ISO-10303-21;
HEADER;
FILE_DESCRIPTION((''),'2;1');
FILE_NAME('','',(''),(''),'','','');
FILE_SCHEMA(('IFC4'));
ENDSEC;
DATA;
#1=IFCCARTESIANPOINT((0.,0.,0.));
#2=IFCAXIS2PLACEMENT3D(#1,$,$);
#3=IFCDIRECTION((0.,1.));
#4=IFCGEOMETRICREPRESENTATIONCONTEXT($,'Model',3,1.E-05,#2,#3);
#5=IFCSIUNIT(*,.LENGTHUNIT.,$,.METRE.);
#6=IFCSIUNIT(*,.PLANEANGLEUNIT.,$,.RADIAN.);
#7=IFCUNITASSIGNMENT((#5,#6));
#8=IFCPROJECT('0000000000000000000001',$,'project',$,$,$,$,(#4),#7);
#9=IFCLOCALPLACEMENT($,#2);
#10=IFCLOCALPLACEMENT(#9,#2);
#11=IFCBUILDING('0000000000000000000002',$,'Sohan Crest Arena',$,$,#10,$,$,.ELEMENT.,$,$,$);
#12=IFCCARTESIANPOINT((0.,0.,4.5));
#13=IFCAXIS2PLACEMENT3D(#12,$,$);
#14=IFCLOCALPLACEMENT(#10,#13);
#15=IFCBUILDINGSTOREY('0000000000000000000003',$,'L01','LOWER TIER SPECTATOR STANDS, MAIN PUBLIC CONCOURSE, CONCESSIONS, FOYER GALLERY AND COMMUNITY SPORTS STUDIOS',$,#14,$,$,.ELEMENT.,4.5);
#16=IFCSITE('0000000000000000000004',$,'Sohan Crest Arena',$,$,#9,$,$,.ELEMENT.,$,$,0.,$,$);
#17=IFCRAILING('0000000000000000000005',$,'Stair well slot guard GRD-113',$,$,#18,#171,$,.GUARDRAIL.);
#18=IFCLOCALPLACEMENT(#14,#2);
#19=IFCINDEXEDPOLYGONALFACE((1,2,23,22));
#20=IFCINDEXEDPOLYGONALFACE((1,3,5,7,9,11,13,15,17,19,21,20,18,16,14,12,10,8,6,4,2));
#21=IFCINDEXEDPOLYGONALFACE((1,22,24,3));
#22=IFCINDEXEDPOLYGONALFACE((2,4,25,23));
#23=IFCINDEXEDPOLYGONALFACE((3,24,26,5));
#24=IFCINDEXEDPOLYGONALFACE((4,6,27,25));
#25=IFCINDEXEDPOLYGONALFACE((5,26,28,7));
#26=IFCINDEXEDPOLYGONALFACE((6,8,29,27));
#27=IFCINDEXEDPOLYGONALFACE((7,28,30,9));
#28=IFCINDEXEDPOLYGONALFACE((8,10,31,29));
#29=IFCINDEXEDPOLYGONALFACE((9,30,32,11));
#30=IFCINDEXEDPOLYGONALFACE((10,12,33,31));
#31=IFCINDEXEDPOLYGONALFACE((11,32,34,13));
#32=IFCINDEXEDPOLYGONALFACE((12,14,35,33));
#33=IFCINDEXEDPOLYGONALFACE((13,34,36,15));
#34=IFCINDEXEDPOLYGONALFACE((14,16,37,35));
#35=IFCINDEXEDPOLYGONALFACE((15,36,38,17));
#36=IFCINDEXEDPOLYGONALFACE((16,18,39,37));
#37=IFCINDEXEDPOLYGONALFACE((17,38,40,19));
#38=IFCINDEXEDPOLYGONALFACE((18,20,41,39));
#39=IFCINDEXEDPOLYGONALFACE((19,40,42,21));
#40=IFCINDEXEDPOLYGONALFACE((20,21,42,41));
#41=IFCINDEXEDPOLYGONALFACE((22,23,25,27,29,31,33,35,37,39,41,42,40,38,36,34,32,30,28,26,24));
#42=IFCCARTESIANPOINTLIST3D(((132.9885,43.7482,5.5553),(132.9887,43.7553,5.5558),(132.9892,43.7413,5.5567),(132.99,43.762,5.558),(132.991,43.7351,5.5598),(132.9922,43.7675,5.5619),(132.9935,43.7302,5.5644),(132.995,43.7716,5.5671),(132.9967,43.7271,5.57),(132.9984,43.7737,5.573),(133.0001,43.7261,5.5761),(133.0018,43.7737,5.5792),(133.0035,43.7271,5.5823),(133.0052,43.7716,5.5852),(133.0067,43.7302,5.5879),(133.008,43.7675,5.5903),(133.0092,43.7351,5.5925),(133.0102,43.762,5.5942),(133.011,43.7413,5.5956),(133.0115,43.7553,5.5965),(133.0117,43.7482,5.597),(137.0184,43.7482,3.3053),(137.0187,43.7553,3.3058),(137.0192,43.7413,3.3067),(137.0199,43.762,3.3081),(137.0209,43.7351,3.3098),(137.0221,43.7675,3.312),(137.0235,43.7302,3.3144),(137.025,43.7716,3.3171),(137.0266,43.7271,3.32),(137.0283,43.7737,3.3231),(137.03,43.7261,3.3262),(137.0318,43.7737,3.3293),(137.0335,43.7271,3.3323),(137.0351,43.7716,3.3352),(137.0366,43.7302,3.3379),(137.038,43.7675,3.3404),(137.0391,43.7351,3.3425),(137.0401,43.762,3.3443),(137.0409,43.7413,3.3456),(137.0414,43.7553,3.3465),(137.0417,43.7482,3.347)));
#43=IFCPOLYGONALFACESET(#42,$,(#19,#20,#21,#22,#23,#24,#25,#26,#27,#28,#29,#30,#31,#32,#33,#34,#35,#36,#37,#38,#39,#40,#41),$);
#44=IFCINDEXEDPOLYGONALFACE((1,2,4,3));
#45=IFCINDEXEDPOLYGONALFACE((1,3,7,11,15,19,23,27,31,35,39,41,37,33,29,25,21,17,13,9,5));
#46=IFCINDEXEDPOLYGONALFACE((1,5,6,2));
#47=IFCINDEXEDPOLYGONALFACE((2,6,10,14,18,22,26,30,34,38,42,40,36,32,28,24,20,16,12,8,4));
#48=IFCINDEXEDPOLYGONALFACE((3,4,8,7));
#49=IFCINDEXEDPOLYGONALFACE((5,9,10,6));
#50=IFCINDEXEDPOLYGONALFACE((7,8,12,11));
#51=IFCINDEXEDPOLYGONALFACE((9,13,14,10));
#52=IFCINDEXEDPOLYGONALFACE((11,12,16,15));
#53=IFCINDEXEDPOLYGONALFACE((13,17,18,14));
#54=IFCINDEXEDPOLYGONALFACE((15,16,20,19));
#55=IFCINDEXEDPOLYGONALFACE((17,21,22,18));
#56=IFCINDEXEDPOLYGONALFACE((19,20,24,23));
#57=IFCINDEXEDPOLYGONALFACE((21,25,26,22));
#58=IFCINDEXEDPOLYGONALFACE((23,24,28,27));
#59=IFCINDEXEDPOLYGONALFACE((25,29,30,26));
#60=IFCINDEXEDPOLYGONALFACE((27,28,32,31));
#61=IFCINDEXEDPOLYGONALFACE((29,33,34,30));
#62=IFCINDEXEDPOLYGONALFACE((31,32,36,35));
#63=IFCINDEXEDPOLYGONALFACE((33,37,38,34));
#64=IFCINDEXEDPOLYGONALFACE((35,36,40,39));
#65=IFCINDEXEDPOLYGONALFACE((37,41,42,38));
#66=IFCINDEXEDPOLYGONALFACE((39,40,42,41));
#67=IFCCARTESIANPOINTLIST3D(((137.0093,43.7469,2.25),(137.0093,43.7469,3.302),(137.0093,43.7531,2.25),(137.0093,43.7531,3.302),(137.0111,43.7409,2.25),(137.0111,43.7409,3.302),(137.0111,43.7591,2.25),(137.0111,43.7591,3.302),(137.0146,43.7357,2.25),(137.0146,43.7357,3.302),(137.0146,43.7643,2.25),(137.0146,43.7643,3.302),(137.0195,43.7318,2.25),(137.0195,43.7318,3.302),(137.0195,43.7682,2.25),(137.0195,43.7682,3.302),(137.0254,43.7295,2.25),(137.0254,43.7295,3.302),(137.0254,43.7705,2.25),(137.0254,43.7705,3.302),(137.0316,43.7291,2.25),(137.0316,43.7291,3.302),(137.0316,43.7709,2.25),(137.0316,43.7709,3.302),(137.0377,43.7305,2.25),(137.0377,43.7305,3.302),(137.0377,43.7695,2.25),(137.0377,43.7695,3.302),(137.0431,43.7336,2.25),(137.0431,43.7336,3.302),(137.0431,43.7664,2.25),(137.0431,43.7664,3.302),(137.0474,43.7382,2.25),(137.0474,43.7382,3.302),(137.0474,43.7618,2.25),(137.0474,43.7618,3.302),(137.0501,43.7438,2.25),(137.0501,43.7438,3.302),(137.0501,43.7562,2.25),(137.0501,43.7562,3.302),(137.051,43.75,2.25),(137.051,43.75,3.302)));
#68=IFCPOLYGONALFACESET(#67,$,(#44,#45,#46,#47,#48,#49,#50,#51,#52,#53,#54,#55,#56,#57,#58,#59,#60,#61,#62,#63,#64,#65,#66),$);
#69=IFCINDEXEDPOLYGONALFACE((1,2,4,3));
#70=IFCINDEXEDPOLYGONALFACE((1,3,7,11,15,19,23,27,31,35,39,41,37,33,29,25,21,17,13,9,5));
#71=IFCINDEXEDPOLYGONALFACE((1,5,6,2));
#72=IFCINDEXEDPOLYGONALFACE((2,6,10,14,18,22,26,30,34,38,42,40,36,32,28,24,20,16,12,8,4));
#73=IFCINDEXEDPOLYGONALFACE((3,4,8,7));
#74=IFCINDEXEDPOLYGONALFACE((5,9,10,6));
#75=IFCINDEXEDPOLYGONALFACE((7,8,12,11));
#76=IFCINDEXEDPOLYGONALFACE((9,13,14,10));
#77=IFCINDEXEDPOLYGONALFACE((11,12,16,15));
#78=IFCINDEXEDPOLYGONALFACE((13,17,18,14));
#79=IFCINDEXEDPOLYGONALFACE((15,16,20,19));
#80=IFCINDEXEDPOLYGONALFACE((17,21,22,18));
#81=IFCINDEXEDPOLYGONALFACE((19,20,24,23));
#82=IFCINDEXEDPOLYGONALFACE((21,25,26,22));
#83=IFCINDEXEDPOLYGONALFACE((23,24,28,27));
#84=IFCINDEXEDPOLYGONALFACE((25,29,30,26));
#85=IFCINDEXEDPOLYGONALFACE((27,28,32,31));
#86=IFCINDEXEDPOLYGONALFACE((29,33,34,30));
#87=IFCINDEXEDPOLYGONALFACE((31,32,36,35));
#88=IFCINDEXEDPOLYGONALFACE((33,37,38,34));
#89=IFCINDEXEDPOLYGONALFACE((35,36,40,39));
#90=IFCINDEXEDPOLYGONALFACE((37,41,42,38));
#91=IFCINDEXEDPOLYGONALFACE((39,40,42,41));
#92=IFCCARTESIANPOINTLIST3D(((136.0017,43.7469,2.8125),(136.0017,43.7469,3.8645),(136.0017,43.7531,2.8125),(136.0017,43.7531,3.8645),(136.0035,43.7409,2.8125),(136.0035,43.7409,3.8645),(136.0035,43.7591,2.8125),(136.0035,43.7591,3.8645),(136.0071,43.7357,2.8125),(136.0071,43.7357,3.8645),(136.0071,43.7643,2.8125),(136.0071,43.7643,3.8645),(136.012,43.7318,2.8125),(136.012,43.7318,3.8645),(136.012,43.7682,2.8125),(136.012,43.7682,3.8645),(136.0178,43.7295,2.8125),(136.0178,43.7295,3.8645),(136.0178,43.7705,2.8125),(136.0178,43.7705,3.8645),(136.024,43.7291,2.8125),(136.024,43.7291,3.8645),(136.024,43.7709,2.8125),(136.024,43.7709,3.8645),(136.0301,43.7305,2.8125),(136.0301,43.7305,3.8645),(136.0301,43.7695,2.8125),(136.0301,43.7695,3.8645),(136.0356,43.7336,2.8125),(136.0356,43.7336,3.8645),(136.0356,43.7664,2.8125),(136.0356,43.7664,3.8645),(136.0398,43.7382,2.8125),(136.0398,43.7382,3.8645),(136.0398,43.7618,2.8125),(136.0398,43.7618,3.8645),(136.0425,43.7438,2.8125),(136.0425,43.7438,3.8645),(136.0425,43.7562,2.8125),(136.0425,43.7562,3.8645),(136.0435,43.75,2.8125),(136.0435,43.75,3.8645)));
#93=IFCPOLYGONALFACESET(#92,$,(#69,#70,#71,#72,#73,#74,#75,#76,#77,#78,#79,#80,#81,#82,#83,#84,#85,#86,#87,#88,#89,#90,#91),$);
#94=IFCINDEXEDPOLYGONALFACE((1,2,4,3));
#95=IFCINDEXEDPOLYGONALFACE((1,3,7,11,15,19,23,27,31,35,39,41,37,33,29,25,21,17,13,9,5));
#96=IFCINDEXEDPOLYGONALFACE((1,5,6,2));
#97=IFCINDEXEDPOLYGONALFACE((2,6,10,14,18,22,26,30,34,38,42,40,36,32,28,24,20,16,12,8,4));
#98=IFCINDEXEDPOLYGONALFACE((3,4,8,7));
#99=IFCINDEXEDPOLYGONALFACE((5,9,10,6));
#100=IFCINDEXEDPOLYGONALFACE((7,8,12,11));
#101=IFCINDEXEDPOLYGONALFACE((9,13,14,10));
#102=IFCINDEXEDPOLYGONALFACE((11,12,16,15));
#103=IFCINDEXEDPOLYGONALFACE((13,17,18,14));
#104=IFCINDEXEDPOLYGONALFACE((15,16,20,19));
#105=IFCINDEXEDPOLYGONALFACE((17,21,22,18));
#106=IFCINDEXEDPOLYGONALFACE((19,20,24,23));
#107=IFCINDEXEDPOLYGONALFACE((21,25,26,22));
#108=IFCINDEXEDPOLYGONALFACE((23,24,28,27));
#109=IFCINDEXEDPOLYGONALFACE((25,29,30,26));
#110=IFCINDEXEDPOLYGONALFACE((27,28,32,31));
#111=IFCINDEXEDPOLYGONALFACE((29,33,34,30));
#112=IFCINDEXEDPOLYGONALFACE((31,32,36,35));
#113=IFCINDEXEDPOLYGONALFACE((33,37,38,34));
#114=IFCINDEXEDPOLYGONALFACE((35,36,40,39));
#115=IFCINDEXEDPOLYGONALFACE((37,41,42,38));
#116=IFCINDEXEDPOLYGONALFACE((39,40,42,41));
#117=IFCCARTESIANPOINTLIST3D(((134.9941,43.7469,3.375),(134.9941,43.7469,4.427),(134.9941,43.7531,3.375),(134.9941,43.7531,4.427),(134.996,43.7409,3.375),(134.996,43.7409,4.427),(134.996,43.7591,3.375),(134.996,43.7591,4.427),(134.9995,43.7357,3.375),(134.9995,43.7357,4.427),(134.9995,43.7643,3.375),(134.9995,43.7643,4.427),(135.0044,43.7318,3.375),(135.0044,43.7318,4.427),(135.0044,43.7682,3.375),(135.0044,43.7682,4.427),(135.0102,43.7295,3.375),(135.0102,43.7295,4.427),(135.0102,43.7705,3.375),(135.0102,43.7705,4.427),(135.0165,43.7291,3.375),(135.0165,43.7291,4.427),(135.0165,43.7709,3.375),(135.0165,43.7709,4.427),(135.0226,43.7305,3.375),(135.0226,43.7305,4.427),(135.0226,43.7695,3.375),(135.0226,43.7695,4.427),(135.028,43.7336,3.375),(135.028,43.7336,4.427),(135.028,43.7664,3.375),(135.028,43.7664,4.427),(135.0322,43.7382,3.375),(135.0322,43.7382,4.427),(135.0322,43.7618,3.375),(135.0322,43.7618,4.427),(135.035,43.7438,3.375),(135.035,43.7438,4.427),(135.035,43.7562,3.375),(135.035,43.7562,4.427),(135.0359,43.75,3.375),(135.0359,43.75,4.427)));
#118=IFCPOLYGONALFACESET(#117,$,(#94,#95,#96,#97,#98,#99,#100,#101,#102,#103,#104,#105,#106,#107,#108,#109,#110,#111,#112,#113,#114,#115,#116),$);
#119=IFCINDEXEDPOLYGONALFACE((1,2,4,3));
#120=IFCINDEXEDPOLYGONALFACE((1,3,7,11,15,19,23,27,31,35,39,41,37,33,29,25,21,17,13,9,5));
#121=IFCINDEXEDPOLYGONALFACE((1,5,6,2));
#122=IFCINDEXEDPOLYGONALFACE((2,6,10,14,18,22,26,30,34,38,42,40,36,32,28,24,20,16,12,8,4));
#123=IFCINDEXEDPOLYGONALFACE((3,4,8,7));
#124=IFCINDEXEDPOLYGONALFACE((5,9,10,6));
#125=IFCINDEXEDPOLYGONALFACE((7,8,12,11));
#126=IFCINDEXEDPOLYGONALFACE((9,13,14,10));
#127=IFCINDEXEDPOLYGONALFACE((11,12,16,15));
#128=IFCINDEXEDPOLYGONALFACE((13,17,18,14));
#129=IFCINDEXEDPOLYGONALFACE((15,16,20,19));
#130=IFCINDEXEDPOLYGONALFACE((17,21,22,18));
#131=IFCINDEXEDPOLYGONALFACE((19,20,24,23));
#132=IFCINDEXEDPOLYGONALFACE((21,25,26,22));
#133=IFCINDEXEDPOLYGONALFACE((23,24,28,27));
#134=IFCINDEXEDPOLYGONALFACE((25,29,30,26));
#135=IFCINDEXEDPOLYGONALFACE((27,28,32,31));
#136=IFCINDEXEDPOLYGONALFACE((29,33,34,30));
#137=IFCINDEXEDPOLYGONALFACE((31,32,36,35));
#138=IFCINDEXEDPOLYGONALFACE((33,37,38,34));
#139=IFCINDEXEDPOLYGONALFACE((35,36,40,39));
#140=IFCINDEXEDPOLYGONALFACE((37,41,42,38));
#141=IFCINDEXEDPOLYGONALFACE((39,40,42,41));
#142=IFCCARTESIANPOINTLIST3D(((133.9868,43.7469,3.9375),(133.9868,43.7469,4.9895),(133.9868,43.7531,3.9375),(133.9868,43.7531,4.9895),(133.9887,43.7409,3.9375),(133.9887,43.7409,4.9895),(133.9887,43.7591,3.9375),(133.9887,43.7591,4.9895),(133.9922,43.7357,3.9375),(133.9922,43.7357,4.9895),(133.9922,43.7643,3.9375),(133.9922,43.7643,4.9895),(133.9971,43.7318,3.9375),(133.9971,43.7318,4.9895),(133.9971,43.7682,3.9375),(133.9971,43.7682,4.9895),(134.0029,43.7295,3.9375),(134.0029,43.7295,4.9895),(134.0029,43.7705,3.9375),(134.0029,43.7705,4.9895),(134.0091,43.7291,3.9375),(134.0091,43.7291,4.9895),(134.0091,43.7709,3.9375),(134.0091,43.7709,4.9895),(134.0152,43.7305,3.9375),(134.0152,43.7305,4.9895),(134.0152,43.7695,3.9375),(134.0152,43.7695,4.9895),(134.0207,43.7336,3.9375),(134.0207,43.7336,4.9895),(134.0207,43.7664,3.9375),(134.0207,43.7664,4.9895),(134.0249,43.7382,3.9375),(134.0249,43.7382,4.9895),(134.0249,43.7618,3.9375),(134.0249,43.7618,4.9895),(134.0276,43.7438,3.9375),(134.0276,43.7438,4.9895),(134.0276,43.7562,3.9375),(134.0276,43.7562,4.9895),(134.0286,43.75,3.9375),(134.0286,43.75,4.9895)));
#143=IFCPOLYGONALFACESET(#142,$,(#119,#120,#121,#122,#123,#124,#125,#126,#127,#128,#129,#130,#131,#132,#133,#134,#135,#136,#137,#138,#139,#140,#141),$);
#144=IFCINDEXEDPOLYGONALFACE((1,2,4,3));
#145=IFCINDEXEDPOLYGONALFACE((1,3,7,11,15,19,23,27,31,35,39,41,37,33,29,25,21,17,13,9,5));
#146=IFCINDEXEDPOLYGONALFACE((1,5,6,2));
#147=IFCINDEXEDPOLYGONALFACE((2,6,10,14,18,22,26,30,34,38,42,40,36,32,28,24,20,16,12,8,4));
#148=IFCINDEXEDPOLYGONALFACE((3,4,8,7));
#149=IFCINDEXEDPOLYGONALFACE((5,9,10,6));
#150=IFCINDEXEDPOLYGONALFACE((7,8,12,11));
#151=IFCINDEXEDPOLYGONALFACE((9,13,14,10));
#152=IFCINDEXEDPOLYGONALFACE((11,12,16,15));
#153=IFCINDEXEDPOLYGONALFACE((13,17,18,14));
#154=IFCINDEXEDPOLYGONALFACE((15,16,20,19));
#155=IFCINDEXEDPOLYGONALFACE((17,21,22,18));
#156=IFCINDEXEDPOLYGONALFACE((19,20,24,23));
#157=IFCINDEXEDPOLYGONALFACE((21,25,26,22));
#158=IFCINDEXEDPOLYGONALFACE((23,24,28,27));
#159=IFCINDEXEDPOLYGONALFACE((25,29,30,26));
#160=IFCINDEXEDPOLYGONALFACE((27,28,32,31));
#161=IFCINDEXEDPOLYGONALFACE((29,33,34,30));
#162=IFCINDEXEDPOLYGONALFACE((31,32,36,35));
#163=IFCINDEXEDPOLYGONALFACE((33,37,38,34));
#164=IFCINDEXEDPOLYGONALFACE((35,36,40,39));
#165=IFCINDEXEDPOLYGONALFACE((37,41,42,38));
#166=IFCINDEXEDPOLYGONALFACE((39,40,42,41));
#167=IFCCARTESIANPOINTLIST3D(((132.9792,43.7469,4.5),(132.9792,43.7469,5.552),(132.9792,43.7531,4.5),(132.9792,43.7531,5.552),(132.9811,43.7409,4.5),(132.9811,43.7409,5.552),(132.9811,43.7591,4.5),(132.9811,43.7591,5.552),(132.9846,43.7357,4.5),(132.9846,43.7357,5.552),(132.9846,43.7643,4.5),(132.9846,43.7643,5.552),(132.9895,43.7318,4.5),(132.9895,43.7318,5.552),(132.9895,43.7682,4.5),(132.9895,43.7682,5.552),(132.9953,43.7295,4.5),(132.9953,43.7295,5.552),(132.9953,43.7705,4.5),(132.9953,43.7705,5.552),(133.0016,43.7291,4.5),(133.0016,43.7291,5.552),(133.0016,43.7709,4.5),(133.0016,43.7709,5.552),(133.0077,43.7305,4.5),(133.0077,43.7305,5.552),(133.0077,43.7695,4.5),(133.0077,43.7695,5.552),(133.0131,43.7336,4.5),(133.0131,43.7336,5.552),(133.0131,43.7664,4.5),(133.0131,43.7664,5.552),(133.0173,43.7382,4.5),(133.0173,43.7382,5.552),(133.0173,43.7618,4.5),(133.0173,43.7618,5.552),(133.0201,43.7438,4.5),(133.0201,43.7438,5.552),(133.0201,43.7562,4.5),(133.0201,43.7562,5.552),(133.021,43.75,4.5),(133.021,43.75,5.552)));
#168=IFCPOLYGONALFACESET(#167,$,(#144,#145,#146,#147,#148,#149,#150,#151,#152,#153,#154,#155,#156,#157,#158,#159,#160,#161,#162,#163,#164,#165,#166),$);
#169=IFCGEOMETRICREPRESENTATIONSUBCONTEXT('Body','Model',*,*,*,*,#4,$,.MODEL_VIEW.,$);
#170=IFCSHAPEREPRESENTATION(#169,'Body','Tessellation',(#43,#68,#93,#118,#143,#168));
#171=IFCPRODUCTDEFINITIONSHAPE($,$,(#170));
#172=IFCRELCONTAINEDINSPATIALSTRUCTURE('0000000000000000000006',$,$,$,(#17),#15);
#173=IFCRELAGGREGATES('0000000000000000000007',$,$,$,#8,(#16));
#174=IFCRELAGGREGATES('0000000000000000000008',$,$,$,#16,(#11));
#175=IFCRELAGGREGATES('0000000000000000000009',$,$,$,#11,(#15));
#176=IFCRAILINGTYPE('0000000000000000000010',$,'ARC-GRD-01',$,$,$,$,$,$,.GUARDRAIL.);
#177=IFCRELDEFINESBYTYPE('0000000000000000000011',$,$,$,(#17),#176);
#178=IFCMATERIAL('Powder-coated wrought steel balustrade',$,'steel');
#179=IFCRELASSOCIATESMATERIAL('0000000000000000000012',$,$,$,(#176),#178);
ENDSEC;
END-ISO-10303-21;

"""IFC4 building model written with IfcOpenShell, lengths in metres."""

from ifc_helpers import new_model, si_unit, direction, frame, origin, origin_2d, place, context, subcontext, project, spatial, circle, extrude, material, type_object, element, save


model = new_model("IFC4")

# Units and contexts
model_context = context("Model", 3, precision=1e-05, world=origin(), true_north=direction((0.0, 1.0)))
body_context = subcontext(model_context, "Body", "Model", "MODEL_VIEW")
ifc_project = project(units=[si_unit("LENGTHUNIT", "METRE"), si_unit("PLANEANGLEUNIT", "RADIAN")], contexts=[model_context])

# Site, building, storey
site_placement = place(None, origin())
site = spatial("IfcSite", under=ifc_project, at=site_placement, Name="Sohan Crest Arena", CompositionType="ELEMENT", RefElevation=0.0)
building_placement = place(site_placement, origin())
building = spatial("IfcBuilding", under=site, at=building_placement, Name="Sohan Crest Arena", CompositionType="ELEMENT")
storey_placement = place(building_placement, frame((0.0, 0.0, 4.5)))
storey = spatial("IfcBuildingStorey", under=building, at=storey_placement, Name="L01", Description="LOWER TIER SPECTATOR STANDS, MAIN PUBLIC CONCOURSE, CONCESSIONS, FOYER GALLERY AND COMMUNITY SPORTS STUDIOS", CompositionType="ELEMENT", Elevation=4.5)

# Railing
ifc_material_1 = material(Name="Powder-coated wrought steel balustrade", Category="steel")
railing_type_1 = type_object("IfcRailingType", Name="ARC-GRD-01", PredefinedType="GUARDRAIL", material=ifc_material_1)
railing_1_placement = place(storey_placement, frame((137.03, 43.75, 2.25)))
element("IfcRailing", 1, at=railing_1_placement, inside=storey, type_object=railing_type_1, Name="Stair well slot guard GRD-113", PredefinedType="GUARDRAIL", context=body_context, shape_type="SweptSolid", body=[
    extrude(circle(Radius=0.0239, at=origin_2d()), frame((0.0, 0.0, 1.0762), z_axis=(-0.873135, 0.0, 0.487479), x_axis=(0.0, -1.0, 0.0)), (0.0, 0.0, 1.0), 4.6155),
    extrude(circle(Radius=0.021, at=origin_2d()), origin(), (0.0, 0.0, 1.0), 1.052),
    extrude(circle(Radius=0.021, at=origin_2d()), frame((-1.0076, 0.0, 0.5625)), (0.0, 0.0, 1.0), 1.052),
    extrude(circle(Radius=0.021, at=origin_2d()), frame((-2.0151, 0.0, 1.125)), (0.0, 0.0, 1.0), 1.052),
    extrude(circle(Radius=0.021, at=origin_2d()), frame((-3.0225, 0.0, 1.6875)), (0.0, 0.0, 1.0), 1.052),
    extrude(circle(Radius=0.021, at=origin_2d()), frame((-4.03, 0.0, 2.25)), (0.0, 0.0, 1.0), 1.052),
])

save(model, "model.ifc")
